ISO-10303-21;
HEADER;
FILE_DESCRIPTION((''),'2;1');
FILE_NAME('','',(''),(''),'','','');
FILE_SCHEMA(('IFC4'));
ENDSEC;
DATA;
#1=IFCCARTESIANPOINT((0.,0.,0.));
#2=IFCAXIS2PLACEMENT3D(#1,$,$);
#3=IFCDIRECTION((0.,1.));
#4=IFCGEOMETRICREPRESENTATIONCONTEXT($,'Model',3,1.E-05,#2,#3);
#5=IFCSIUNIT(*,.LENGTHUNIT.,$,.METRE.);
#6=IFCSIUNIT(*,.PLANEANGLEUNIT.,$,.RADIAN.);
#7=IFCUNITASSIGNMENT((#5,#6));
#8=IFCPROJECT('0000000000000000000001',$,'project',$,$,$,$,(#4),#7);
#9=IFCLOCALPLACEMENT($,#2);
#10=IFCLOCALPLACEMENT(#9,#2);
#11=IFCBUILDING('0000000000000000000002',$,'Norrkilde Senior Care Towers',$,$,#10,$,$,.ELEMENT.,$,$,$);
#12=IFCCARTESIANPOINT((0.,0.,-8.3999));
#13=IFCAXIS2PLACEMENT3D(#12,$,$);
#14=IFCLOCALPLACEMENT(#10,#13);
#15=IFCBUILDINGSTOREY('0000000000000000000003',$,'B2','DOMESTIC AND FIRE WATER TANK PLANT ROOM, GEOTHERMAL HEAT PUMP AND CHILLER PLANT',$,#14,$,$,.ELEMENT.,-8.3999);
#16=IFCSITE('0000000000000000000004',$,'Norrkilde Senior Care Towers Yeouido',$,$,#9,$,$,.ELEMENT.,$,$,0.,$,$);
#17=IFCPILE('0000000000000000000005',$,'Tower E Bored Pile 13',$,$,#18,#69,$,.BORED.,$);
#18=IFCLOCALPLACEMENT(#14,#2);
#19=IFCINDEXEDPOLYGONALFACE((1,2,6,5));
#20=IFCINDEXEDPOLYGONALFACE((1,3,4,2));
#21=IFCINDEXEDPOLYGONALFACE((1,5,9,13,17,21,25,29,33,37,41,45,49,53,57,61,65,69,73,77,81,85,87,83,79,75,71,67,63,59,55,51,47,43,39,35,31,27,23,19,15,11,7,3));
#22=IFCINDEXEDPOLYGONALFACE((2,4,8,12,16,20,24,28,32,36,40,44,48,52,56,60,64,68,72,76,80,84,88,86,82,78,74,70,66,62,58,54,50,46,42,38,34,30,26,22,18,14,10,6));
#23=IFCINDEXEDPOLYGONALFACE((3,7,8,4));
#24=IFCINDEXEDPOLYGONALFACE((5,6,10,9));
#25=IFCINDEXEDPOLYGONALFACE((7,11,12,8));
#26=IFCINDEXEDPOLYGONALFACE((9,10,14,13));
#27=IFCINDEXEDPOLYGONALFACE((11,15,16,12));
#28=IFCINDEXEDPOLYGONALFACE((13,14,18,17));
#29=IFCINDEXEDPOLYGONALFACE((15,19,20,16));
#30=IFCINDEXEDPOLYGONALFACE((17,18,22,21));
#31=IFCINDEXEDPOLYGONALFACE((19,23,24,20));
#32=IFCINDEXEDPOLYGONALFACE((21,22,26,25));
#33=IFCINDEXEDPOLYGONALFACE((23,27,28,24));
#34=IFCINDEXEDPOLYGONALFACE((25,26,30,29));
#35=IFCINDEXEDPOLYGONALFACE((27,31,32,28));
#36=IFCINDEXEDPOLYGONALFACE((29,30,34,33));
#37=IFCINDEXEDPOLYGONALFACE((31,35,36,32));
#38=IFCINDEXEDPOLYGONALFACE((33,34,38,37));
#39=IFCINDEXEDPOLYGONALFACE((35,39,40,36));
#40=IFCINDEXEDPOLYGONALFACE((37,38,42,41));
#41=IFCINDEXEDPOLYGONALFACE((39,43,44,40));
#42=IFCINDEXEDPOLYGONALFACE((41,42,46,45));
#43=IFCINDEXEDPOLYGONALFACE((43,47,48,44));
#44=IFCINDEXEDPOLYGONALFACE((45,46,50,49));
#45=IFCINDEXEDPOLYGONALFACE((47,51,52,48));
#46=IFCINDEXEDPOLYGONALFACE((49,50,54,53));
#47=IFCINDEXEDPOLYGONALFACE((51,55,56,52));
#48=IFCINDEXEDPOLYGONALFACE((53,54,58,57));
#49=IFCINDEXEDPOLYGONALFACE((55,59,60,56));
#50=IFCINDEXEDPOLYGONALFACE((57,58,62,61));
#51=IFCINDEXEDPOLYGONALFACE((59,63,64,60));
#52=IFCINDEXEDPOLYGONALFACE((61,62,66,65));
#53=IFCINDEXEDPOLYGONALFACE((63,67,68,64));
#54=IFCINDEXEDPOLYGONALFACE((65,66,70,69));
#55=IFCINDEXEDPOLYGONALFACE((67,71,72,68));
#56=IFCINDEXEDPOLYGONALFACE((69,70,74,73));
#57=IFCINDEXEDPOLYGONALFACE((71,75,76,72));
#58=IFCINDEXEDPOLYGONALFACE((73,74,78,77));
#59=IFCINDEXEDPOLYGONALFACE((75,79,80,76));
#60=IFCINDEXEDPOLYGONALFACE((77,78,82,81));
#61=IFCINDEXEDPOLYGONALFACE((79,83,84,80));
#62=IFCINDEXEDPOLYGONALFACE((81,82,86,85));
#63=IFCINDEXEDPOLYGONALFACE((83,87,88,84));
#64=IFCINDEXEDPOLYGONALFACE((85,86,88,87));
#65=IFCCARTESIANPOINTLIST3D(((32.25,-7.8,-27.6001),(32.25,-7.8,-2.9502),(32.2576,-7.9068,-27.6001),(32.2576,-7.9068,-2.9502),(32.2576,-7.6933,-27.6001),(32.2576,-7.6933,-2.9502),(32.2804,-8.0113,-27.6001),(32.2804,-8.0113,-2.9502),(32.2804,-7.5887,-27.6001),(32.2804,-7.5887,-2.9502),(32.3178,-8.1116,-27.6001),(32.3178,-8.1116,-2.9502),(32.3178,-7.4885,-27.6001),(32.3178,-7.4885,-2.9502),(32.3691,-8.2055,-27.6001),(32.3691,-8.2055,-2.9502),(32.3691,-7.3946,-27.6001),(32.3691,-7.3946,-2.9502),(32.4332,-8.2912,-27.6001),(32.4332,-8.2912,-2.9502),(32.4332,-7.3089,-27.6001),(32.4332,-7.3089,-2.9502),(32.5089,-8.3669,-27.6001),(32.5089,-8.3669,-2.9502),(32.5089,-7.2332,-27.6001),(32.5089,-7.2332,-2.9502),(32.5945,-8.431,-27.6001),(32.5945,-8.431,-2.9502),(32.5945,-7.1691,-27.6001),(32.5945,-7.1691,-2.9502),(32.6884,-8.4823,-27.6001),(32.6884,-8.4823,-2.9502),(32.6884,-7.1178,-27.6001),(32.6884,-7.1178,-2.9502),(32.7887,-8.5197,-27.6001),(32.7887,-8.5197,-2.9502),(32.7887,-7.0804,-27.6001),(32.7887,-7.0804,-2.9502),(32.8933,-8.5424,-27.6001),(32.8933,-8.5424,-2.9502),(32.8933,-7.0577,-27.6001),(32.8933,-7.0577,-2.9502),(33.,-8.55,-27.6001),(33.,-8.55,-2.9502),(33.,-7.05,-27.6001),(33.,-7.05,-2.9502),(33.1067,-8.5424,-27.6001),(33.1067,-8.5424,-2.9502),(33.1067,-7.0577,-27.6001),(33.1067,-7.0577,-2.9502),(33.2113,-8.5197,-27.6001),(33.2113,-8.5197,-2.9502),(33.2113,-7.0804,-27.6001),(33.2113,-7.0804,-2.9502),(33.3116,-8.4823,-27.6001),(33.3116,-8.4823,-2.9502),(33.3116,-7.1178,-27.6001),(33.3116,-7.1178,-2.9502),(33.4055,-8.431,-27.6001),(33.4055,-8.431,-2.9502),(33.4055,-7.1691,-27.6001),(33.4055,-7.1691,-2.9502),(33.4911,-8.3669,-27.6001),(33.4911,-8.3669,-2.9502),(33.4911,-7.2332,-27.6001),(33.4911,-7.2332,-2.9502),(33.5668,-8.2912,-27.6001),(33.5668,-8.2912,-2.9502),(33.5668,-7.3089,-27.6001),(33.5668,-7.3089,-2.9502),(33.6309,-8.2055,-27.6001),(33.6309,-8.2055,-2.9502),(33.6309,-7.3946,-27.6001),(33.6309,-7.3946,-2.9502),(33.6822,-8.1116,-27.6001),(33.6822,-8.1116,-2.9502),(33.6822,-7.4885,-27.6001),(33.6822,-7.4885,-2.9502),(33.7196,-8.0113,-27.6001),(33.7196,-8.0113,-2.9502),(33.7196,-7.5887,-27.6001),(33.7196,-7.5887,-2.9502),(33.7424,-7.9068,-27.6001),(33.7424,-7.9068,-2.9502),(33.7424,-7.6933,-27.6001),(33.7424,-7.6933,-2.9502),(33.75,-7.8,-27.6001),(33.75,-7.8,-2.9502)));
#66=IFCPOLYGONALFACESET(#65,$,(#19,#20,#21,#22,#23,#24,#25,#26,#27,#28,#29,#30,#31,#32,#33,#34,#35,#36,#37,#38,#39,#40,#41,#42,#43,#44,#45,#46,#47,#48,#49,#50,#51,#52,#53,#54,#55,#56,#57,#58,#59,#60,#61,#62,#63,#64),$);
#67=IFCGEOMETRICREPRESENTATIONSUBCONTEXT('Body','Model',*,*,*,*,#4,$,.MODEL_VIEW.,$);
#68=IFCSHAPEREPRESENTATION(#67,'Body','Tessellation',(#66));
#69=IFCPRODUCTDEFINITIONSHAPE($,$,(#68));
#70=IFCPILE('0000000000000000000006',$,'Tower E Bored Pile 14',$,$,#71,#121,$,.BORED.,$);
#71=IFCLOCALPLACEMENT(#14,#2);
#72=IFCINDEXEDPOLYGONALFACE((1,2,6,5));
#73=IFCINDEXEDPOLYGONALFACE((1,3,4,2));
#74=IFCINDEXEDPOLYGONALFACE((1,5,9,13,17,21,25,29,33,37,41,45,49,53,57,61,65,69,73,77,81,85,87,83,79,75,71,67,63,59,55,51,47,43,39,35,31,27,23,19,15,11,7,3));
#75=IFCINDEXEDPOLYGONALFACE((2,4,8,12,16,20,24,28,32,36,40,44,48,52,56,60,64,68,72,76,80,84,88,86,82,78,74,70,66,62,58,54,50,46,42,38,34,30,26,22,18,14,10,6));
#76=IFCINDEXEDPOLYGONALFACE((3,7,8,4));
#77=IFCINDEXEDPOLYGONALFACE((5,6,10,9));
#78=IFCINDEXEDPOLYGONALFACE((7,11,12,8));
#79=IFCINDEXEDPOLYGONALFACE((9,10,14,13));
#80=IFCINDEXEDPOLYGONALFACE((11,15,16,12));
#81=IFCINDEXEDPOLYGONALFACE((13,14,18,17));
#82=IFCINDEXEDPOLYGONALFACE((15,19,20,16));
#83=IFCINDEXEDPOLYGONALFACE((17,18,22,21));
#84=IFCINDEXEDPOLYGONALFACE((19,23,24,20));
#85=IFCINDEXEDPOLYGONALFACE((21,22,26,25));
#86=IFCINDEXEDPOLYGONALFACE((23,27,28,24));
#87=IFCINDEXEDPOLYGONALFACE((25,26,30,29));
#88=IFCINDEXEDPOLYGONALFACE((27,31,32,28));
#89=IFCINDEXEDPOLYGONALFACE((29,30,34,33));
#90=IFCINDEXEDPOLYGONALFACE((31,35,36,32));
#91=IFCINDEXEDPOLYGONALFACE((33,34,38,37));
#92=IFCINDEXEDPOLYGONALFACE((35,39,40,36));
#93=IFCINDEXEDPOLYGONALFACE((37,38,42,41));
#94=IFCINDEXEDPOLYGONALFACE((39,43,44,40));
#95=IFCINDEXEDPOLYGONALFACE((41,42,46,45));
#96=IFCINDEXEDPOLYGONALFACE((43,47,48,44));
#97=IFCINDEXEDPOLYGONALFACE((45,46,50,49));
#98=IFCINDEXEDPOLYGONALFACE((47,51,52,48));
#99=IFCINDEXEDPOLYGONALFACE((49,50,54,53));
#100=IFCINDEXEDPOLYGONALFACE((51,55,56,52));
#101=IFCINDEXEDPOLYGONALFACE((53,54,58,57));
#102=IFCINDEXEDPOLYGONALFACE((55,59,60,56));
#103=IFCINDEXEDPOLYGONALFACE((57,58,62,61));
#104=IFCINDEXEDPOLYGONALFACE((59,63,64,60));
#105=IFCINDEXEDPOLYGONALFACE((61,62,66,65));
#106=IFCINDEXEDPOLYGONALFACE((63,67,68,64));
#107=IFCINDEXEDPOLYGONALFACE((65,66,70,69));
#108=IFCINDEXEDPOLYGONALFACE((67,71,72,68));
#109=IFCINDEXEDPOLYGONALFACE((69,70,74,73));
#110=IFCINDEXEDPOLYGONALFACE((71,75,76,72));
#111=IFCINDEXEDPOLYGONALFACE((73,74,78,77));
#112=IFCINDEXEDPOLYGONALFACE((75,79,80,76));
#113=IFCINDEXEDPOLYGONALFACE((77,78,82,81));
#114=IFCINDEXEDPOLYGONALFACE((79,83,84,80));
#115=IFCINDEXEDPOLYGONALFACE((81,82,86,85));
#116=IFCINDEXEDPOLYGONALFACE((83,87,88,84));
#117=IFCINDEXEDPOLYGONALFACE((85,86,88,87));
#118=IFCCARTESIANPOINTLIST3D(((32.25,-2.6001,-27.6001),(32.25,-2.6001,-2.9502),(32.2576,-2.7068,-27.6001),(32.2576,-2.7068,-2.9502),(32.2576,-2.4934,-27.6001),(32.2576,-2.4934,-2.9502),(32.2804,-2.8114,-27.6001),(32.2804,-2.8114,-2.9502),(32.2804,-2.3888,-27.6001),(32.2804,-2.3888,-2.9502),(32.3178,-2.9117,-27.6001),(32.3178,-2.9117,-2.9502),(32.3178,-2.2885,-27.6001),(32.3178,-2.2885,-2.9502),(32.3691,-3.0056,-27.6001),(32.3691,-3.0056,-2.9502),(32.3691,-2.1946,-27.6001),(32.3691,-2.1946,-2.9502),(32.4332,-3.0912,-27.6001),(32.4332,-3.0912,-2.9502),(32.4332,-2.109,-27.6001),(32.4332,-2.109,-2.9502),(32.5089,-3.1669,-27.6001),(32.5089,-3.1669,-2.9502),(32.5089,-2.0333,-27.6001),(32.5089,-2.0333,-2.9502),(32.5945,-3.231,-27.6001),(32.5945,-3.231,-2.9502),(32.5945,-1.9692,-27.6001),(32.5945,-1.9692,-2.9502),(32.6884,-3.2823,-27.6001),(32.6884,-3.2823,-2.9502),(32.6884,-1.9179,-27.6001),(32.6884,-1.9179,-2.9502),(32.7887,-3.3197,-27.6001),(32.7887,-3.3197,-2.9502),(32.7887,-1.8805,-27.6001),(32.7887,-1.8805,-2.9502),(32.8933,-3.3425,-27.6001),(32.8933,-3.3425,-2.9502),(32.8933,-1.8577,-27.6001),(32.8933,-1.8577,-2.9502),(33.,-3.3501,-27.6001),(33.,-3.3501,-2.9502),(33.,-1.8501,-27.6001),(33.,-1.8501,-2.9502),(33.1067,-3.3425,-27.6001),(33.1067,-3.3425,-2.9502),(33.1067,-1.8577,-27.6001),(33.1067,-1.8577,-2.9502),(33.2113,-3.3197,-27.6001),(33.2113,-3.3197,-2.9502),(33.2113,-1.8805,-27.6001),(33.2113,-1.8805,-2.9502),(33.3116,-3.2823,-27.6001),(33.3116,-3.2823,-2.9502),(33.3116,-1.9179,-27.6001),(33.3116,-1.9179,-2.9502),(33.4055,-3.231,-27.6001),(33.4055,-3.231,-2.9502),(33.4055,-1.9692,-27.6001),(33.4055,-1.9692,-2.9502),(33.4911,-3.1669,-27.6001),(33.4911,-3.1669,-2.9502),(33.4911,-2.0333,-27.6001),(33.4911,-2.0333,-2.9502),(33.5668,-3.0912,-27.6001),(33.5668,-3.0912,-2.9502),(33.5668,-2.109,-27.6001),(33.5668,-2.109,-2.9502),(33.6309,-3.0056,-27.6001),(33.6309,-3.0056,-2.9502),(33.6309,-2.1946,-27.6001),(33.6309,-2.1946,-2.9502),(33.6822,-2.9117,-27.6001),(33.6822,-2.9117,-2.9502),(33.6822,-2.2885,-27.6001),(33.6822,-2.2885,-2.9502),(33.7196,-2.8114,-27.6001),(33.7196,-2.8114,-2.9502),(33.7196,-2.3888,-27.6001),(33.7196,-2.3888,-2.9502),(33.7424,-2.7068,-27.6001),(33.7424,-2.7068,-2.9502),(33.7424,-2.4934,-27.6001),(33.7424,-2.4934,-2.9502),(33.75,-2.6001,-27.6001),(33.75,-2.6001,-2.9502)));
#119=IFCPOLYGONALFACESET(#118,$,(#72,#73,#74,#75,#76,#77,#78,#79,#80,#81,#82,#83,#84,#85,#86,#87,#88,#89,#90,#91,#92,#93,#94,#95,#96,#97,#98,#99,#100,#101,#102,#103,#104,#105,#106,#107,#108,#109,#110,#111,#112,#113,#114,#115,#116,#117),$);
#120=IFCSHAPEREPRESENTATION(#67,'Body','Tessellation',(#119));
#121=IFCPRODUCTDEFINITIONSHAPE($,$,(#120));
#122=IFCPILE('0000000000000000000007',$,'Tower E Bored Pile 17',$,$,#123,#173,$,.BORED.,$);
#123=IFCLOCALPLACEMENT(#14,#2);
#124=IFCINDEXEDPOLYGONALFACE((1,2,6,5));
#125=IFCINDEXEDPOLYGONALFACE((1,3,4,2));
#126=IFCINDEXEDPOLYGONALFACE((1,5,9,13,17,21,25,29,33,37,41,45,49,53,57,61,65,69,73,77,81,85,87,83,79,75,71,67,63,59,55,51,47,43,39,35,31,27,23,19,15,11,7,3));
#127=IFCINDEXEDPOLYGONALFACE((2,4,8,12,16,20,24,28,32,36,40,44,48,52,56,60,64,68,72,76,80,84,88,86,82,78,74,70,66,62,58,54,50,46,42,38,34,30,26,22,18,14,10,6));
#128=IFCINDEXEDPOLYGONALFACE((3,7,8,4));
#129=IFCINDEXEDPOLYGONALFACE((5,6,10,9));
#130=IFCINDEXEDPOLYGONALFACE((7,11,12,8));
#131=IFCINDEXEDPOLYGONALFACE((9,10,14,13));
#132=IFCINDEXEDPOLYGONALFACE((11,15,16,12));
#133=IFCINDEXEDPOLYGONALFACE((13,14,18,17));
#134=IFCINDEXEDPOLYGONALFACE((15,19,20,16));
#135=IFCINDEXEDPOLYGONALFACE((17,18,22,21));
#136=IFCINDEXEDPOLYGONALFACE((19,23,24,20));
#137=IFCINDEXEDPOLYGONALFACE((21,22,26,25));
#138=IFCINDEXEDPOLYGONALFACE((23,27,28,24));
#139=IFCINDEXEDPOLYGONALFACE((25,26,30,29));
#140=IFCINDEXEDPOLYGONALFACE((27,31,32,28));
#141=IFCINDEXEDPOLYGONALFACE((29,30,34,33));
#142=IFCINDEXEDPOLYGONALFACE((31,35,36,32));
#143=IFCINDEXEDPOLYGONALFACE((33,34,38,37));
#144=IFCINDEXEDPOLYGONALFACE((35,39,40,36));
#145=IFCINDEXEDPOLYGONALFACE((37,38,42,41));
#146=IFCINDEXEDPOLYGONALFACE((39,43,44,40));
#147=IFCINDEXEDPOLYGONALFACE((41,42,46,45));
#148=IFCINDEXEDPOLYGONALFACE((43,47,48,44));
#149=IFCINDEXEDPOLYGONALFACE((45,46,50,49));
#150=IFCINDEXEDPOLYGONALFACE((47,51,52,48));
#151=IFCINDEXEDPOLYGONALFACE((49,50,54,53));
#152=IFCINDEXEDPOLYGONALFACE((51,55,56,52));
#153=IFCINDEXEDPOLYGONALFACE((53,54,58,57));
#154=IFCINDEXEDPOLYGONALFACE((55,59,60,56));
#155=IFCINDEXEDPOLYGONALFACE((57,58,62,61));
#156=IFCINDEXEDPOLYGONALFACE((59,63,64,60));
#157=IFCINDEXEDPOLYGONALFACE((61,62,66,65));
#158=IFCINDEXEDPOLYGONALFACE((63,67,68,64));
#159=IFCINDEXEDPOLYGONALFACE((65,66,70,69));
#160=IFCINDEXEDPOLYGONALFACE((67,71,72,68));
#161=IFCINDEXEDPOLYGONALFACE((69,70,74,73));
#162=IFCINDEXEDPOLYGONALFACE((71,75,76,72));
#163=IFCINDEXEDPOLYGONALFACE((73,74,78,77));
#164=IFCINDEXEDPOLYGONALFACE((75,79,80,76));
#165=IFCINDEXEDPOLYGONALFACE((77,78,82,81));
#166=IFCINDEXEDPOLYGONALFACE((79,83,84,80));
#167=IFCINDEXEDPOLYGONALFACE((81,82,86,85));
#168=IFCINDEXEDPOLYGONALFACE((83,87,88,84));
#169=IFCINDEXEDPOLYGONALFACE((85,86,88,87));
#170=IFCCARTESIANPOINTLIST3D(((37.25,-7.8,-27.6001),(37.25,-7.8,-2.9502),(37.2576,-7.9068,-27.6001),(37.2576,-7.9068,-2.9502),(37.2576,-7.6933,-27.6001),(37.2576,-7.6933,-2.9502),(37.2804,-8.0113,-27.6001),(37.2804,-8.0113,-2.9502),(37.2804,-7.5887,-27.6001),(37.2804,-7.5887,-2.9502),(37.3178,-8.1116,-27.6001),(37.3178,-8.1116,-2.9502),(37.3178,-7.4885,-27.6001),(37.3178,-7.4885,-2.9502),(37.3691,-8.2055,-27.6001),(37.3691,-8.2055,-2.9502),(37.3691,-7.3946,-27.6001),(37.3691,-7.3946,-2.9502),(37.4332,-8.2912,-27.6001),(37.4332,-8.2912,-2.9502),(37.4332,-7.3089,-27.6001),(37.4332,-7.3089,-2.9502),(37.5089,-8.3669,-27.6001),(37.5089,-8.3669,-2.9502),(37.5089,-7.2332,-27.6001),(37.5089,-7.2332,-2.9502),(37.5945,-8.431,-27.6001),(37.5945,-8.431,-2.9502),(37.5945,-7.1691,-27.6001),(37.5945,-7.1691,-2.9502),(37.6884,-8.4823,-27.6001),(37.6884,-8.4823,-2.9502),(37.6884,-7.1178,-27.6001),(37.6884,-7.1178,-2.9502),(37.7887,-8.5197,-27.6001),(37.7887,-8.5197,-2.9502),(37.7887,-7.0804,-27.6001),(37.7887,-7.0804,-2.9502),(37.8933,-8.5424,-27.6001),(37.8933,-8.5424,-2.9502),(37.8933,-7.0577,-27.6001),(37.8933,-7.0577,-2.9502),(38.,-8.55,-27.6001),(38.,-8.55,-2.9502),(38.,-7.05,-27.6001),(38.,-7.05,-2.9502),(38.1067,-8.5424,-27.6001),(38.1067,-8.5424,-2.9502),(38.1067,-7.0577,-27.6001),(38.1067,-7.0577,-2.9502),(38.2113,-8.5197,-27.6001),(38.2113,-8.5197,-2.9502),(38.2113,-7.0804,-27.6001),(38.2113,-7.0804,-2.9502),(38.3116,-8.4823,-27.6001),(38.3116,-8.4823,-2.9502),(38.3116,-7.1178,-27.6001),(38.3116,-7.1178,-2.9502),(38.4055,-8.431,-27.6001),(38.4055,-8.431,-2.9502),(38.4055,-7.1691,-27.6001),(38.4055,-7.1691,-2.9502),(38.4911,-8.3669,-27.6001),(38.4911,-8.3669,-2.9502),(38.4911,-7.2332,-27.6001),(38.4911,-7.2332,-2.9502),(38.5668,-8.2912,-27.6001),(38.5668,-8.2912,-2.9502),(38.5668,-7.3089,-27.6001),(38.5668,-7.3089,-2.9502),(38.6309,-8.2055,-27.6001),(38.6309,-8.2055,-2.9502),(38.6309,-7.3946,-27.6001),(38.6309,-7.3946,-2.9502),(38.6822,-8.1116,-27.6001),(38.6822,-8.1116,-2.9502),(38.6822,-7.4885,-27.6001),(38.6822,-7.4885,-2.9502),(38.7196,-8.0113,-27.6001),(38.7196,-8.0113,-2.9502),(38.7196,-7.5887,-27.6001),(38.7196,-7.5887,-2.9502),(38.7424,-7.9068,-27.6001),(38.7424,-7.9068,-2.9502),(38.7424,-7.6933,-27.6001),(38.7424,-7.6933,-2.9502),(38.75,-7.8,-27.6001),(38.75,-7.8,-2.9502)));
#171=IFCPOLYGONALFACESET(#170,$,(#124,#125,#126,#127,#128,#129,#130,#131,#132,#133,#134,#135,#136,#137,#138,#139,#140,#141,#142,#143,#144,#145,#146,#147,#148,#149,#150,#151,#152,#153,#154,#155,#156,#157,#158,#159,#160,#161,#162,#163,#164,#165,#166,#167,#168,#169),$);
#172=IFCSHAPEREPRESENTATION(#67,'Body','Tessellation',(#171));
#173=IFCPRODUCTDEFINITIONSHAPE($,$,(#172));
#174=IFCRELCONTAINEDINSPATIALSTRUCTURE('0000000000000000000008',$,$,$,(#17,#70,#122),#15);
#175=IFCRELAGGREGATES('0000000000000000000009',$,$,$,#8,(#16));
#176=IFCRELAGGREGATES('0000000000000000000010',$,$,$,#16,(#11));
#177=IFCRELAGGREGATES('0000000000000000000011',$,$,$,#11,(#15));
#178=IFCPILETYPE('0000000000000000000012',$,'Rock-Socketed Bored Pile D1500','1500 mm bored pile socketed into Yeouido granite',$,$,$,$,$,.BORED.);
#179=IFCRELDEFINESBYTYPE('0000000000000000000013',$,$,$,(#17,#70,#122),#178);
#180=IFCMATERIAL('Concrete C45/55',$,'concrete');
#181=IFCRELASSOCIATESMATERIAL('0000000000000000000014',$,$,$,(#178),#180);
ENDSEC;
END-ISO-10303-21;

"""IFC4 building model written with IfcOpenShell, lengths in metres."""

from ifc_helpers import new_model, si_unit, direction, frame, origin, origin_2d, place, context, subcontext, project, spatial, circle, extrude, source, transform, mapped, material, material_profile, profile_set, type_object, type_shapes, element, save


model = new_model("IFC4")

# Units and contexts
model_context = context("Model", 3, precision=1e-05, world=origin(), true_north=direction((0.0, 1.0)))
body_context = subcontext(model_context, "Body", "Model", "MODEL_VIEW")
ifc_project = project(units=[si_unit("LENGTHUNIT", "METRE"), si_unit("PLANEANGLEUNIT", "RADIAN")], contexts=[model_context])

# Site, building, storey
site_placement = place(None, origin())
site = spatial("IfcSite", under=ifc_project, at=site_placement, Name="Norrkilde Senior Care Towers Yeouido", CompositionType="ELEMENT", RefElevation=0.0)
building_placement = place(site_placement, origin())
building = spatial("IfcBuilding", under=site, at=building_placement, Name="Norrkilde Senior Care Towers", CompositionType="ELEMENT")
storey_placement = place(building_placement, frame((0.0, 0.0, -8.3999)))
storey = spatial("IfcBuildingStorey", under=building, at=storey_placement, Name="B2", Description="DOMESTIC AND FIRE WATER TANK PLANT ROOM, GEOTHERMAL HEAT PUMP AND CHILLER PLANT", CompositionType="ELEMENT", Elevation=-8.3999)

# Piles
ifc_material_1 = material(Name="Concrete C45/55", Category="concrete")
ifc_material_profile_1 = material_profile(ifc_material_1, circle(Radius=0.75, at=origin_2d()), Name="BORED PILE 1500")
ifc_profile_set_1 = profile_set([ifc_material_profile_1], Name="Concrete C45/55")
pile_type_1 = type_object("IfcPileType", Name="Rock-Socketed Bored Pile D1500", Description="1500 mm bored pile socketed into Yeouido granite", PredefinedType="BORED", material=ifc_profile_set_1)
shared_shape_1 = source(origin(), body_context, "Body", "SweptSolid", [
    extrude(circle(Radius=0.75, at=origin_2d()), origin(), (0.0, 0.0, 1.0), 24.6499),
])
type_shapes(pile_type_1, [shared_shape_1])
for number, where, z_axis, x_axis, name in (
    (1, (33.0, -7.8, -2.9502), (0.0, 0.0, -1.0), (1.0, 0.0, 0.0), "Tower E Bored Pile 13"),
    (2, (33.0, -2.6001, -2.9502), (0.0, 0.0, -1.0), (1.0, 0.0, 0.0), "Tower E Bored Pile 14"),
    (3, (38.0, -7.8, -2.9502), (0.0, 0.0, -1.0), (1.0, 0.0, 0.0), "Tower E Bored Pile 17"),
):
    element("IfcPile", number, at=place(storey_placement, frame(where, z_axis=z_axis, x_axis=x_axis)), inside=storey, type_object=pile_type_1, Name=name, PredefinedType="BORED", context=body_context, shape_type="MappedRepresentation", body=[
        mapped(shared_shape_1, transform((0.0, 0.0, 0.0), x_axis=(1.0, 0.0, 0.0), y_axis=(0.0, 1.0, 0.0), z_axis=(0.0, 0.0, 1.0), scale=1.0)),
    ])

save(model, "model.ifc")
